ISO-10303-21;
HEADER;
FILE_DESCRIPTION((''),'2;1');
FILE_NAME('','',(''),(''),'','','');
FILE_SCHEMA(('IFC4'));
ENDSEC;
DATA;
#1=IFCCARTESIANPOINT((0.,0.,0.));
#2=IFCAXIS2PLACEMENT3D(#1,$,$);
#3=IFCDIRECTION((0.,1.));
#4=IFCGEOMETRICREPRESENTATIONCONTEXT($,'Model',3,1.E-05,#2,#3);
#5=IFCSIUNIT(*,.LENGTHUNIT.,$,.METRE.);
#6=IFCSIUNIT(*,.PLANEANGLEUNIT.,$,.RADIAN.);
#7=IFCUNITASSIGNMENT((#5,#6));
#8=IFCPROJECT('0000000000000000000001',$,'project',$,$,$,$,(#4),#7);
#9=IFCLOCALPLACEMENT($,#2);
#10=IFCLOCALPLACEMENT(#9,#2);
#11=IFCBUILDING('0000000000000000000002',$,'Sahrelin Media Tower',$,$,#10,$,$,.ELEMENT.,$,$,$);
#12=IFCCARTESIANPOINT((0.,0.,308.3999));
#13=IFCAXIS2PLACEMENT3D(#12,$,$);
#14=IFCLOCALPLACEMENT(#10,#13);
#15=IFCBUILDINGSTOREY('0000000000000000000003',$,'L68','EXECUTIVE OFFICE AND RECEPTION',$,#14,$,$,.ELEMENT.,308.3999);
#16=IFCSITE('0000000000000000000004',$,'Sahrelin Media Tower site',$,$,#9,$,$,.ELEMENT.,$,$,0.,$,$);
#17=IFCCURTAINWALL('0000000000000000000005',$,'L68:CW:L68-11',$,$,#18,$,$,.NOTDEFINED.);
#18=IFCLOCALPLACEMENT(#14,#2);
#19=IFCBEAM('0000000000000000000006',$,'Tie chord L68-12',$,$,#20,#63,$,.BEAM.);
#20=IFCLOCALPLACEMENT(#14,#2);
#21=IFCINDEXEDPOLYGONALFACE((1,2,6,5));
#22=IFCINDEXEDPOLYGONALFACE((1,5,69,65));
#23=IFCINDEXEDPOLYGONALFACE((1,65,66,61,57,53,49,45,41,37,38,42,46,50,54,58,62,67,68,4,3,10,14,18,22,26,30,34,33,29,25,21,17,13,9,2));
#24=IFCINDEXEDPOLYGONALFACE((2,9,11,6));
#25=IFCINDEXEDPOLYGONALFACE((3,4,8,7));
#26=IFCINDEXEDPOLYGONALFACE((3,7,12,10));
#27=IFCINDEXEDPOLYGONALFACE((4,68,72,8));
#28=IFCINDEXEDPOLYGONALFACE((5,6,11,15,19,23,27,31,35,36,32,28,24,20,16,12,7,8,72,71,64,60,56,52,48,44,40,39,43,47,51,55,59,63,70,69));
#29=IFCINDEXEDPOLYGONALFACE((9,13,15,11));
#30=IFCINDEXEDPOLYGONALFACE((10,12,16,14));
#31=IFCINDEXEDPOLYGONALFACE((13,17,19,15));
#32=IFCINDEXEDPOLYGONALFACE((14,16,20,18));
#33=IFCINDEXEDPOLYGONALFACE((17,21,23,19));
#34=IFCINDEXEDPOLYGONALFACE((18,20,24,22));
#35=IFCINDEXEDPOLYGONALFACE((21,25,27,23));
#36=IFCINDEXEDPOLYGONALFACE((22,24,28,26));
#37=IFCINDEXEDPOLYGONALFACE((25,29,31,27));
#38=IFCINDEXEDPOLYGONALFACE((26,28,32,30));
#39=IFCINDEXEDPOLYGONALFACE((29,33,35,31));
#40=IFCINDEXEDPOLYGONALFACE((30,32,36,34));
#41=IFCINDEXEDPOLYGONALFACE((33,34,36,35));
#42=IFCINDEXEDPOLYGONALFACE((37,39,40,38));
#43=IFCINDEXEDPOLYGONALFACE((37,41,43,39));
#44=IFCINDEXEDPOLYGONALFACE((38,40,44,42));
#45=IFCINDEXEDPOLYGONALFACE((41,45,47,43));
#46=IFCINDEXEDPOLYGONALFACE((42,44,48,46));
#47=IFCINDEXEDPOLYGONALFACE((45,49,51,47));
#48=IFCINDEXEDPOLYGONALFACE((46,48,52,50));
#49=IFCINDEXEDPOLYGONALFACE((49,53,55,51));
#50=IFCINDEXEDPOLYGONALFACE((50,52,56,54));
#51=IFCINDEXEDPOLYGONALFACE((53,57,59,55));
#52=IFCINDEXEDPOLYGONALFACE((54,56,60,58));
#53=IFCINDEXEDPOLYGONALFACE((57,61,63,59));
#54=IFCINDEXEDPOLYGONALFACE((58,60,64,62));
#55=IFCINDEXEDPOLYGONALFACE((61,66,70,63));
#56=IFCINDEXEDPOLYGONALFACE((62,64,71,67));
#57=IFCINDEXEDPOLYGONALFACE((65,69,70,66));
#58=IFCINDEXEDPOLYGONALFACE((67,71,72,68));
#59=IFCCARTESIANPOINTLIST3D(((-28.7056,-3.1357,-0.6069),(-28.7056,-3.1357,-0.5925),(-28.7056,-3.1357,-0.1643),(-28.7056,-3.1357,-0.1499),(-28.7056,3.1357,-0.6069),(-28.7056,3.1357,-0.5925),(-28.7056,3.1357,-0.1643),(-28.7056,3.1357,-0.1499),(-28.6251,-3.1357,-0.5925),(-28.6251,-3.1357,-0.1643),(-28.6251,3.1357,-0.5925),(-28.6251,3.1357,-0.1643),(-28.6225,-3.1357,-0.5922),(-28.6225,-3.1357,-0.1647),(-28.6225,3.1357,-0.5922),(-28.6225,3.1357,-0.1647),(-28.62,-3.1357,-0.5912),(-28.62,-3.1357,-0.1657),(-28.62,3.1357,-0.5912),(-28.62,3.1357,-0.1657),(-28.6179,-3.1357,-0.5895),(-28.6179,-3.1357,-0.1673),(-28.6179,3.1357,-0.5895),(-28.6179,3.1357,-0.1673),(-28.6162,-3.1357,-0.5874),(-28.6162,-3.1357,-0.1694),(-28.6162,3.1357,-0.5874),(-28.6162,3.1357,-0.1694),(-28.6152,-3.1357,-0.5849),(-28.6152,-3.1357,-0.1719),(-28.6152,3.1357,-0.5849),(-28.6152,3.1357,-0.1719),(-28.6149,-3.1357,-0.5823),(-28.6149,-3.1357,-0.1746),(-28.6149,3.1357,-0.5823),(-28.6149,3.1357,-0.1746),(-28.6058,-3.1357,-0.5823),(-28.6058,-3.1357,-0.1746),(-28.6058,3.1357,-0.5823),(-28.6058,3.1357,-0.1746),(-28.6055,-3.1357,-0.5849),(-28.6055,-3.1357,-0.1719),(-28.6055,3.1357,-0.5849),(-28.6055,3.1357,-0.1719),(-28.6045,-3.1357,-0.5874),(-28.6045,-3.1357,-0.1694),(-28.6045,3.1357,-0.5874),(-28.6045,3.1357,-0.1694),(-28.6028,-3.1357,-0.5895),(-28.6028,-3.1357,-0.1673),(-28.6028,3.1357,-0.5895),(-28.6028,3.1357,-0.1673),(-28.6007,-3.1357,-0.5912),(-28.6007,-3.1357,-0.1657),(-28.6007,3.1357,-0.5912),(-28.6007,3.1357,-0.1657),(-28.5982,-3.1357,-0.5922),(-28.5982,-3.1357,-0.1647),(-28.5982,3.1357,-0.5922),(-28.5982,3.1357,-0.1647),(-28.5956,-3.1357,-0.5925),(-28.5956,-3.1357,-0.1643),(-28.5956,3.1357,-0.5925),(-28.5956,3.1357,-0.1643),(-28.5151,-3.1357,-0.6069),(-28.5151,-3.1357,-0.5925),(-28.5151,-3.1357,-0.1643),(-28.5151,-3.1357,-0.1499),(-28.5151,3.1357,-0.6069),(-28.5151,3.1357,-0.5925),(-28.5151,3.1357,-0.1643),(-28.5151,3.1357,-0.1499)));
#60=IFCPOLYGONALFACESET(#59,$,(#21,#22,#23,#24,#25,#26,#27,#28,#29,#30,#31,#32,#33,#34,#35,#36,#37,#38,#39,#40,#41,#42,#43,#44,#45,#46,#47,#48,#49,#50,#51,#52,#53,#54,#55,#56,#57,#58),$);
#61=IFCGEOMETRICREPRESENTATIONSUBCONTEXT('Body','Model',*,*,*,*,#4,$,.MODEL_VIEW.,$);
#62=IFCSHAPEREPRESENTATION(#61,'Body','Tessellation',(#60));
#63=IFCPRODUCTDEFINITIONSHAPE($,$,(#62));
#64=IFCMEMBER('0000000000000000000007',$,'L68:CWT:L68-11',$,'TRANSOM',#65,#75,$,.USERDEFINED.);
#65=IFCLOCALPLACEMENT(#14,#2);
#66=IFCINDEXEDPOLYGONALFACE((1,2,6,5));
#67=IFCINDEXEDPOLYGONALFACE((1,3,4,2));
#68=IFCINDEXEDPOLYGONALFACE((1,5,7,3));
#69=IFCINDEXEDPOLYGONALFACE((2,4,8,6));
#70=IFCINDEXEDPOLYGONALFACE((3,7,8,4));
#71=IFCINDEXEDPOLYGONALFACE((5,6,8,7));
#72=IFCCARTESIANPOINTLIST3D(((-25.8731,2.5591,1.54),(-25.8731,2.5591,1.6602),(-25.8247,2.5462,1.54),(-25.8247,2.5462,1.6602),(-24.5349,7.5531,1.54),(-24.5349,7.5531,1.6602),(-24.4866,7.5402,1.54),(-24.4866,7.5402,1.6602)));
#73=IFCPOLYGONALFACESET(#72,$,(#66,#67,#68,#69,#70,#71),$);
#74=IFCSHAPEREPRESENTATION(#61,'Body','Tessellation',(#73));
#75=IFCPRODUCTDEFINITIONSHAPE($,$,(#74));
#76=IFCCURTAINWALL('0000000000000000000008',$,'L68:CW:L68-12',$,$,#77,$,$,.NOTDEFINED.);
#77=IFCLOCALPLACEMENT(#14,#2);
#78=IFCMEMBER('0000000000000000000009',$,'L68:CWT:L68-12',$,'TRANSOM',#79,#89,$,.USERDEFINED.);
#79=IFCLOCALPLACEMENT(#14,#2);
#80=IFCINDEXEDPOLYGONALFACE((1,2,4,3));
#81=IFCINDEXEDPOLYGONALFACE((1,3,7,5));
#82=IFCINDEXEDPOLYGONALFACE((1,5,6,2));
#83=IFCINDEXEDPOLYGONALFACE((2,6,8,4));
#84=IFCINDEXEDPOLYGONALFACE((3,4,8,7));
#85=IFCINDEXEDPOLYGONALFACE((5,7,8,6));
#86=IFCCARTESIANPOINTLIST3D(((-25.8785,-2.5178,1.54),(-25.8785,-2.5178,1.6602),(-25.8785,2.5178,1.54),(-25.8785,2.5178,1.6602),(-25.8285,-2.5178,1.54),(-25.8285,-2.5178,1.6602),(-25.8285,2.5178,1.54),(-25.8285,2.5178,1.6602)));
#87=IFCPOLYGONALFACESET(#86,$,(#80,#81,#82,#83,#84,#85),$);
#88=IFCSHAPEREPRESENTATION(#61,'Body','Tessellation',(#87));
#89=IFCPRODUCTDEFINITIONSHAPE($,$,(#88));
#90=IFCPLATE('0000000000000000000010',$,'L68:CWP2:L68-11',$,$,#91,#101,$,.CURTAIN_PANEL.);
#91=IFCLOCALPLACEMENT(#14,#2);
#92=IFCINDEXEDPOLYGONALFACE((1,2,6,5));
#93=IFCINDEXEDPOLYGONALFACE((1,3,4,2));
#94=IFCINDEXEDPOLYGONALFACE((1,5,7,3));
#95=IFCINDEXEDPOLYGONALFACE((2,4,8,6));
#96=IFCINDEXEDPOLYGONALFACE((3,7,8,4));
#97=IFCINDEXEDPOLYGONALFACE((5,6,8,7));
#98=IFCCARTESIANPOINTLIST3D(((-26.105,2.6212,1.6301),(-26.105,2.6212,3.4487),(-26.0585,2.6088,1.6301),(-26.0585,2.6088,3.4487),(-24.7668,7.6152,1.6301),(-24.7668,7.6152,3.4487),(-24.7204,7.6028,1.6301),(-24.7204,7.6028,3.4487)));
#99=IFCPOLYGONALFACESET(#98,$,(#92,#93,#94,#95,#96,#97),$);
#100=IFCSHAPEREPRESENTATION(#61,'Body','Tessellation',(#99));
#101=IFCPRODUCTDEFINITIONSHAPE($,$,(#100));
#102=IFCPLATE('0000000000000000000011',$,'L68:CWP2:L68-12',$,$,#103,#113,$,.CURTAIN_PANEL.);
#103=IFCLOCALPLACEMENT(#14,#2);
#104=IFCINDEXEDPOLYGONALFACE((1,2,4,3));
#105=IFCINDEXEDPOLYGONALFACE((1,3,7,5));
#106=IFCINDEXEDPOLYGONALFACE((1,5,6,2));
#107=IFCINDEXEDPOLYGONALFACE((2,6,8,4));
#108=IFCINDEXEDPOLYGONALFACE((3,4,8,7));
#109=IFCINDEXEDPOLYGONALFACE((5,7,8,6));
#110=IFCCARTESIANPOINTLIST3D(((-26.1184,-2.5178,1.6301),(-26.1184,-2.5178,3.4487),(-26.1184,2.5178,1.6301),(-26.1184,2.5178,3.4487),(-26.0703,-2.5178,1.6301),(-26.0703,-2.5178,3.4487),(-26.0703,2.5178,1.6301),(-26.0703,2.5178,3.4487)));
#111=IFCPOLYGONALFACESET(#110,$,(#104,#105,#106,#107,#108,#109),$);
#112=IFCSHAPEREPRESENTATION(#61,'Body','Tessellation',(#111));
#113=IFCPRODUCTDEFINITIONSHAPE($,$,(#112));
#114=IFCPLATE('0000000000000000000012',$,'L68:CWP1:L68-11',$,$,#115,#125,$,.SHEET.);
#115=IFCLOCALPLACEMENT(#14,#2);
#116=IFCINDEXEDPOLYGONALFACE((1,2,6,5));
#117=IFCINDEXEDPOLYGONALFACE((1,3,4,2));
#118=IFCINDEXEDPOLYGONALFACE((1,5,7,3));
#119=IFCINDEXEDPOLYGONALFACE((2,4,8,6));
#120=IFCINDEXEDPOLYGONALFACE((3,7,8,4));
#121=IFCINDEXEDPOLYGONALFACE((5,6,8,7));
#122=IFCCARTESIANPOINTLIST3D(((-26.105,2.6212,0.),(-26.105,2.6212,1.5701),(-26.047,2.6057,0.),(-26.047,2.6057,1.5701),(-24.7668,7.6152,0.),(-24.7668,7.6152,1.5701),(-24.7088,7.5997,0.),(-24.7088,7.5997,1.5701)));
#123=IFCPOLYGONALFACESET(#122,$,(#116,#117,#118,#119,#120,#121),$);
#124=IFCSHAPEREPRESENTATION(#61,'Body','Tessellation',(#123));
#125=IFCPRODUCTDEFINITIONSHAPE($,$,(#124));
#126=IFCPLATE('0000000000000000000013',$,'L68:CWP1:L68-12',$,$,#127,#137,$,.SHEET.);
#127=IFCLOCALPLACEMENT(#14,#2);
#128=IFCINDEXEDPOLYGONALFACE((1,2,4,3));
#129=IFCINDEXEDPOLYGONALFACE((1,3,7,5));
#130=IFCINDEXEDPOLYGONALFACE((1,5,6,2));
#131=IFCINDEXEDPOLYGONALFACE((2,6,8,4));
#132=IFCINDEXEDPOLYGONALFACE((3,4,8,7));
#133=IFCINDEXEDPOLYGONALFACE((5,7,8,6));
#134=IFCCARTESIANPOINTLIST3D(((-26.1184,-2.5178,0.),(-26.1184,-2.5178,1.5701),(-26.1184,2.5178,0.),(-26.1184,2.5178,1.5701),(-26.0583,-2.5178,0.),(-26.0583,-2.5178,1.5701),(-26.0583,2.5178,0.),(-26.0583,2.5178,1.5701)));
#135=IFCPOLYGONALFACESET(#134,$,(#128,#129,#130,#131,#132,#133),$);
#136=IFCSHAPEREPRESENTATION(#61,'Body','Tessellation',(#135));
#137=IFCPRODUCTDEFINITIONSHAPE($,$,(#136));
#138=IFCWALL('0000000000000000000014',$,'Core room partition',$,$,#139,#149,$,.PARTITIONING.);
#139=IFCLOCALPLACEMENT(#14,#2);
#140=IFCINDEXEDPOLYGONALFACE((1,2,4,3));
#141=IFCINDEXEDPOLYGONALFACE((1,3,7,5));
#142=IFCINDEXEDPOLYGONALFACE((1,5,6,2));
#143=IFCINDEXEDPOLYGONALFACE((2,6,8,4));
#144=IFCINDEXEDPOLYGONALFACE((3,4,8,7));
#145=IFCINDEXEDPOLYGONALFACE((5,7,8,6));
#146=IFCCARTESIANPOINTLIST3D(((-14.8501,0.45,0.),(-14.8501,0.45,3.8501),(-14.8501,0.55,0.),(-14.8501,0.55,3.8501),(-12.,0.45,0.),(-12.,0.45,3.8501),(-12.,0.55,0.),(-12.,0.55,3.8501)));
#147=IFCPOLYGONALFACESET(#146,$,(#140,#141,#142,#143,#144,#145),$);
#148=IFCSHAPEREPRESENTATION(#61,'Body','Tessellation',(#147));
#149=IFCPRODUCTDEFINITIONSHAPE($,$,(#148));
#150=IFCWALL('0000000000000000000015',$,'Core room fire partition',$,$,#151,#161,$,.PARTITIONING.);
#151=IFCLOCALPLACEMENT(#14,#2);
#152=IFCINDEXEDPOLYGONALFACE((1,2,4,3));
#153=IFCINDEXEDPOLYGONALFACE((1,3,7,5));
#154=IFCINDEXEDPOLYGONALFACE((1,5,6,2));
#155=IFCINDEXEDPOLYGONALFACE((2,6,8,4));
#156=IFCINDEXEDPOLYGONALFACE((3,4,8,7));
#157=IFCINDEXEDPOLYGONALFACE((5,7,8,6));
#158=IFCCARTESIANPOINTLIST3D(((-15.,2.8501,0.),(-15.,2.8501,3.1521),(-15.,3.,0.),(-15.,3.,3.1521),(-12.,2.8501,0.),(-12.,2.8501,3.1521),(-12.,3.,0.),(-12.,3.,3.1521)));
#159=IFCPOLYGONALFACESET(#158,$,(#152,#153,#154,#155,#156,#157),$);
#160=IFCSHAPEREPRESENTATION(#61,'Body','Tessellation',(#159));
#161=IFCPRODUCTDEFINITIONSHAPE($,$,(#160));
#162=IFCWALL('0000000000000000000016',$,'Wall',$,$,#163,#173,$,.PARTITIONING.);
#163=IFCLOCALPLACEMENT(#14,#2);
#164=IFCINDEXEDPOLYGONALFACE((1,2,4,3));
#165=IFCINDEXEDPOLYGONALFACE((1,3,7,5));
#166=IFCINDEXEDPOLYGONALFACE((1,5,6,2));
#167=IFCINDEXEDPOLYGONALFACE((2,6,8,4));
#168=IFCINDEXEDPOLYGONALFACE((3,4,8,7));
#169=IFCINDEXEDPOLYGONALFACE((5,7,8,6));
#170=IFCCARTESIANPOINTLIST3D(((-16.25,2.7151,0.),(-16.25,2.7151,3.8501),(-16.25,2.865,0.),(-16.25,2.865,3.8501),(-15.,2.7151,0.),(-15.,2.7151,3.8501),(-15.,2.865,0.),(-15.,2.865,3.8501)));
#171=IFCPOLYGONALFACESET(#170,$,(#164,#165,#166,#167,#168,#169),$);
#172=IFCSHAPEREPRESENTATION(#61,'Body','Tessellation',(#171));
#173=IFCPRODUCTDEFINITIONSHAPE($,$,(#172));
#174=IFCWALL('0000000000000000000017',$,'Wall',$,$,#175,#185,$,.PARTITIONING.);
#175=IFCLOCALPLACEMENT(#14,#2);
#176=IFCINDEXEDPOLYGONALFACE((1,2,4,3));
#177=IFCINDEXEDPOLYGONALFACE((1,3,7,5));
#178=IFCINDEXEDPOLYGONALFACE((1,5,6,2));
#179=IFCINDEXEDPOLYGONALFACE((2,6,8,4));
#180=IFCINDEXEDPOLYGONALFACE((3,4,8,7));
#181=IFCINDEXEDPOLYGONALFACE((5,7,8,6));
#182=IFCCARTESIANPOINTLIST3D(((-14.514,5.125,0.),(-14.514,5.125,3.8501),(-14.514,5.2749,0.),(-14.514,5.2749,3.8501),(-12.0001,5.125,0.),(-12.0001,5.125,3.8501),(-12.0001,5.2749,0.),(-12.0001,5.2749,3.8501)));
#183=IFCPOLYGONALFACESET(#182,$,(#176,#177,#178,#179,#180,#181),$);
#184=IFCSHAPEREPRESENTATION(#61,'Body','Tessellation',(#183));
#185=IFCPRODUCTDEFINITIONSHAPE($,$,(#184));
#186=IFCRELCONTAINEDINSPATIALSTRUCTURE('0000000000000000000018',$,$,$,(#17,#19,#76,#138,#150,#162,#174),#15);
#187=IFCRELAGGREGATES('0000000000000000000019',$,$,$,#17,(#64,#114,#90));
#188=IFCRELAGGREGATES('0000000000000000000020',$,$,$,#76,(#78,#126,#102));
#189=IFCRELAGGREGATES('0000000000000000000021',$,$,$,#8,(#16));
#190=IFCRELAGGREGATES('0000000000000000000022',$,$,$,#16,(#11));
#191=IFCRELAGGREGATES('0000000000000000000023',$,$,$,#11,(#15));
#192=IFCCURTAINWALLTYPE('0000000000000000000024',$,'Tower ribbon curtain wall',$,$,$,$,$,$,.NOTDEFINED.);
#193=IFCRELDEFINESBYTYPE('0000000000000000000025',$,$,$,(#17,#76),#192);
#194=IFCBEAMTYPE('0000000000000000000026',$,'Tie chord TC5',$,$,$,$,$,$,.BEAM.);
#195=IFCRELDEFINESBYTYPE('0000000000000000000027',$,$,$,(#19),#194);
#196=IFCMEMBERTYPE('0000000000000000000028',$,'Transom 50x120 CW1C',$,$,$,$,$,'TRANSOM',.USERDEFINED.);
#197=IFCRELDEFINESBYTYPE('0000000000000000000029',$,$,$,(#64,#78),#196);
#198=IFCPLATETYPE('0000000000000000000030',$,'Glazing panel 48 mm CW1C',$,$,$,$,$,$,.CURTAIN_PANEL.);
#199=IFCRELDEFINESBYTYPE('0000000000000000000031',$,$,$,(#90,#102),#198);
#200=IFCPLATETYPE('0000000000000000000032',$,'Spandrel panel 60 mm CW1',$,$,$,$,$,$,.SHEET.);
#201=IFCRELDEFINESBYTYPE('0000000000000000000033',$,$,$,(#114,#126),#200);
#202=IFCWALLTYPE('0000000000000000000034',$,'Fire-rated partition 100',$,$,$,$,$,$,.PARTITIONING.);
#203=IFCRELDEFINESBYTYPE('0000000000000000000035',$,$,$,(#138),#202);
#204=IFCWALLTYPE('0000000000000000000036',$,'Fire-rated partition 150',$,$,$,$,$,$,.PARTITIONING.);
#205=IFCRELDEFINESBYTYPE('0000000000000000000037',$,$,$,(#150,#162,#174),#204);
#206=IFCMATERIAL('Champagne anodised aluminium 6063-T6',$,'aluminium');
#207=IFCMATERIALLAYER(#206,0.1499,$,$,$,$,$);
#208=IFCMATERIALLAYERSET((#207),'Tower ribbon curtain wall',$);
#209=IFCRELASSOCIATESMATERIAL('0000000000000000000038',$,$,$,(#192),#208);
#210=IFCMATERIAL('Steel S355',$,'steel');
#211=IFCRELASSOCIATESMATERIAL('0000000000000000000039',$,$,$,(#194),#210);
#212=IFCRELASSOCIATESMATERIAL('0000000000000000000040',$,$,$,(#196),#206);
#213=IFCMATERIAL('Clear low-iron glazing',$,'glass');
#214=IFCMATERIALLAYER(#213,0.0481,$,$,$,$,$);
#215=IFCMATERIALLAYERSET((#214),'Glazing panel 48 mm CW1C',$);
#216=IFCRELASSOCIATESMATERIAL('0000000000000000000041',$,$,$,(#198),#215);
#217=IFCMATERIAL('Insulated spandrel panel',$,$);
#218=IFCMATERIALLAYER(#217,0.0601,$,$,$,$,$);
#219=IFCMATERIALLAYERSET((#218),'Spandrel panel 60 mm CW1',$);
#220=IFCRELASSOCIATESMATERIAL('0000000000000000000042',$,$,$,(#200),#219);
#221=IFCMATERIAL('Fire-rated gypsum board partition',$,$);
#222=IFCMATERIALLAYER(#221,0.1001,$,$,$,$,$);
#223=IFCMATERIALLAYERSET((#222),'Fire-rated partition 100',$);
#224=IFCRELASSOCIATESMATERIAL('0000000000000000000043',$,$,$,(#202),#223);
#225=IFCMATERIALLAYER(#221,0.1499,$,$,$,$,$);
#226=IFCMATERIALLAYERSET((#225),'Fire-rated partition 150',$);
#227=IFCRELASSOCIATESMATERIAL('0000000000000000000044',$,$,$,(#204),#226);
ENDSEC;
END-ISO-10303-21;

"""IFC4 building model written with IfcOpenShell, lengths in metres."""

from ifc_helpers import new_model, si_unit, direction, frame, frame_2d, origin, origin_2d, place, context, subcontext, project, spatial, polyline, rectangle, i_section, outline, extrude, material, layer, layer_set, material_profile, profile_set, type_object, element, aggregate, save


model = new_model("IFC4")

# Units and contexts
model_context = context("Model", 3, precision=1e-05, world=origin(), true_north=direction((0.0, 1.0)))
body_context = subcontext(model_context, "Body", "Model", "MODEL_VIEW")
ifc_project = project(units=[si_unit("LENGTHUNIT", "METRE"), si_unit("PLANEANGLEUNIT", "RADIAN")], contexts=[model_context])

# Site, building, storey
site_placement = place(None, origin())
site = spatial("IfcSite", under=ifc_project, at=site_placement, Name="Sahrelin Media Tower site", CompositionType="ELEMENT", RefElevation=0.0)
building_placement = place(site_placement, origin())
building = spatial("IfcBuilding", under=site, at=building_placement, Name="Sahrelin Media Tower", CompositionType="ELEMENT")
storey_placement = place(building_placement, frame((0.0, 0.0, 308.3999)))
storey = spatial("IfcBuildingStorey", under=building, at=storey_placement, Name="L68", Description="EXECUTIVE OFFICE AND RECEPTION", CompositionType="ELEMENT", Elevation=308.3999)

# Shared definitions
ifc_material_1 = material(Name="Steel S355", Category="steel")

# Curtain wall
ifc_material_2 = material(Name="Champagne anodised aluminium 6063-T6", Category="aluminium")
ifc_layer_1 = layer(ifc_material_2, 0.1499)
ifc_layer_set_1 = layer_set([ifc_layer_1], Name="Tower ribbon curtain wall")
curtain_wall_type = type_object("IfcCurtainWallType", Name="Tower ribbon curtain wall", PredefinedType="NOTDEFINED", material=ifc_layer_set_1)
curtain_wall_1_placement = place(storey_placement, frame((-25.4165, 5.113, 0.0), z_axis=(0.0, 0.0, 1.0), x_axis=(1.0, 0.0, 0.0)))
curtain_wall_1 = element("IfcCurtainWall", 1, at=curtain_wall_1_placement, inside=storey, type_object=curtain_wall_type, Name="L68:CW:L68-11", PredefinedType="NOTDEFINED")

# Beam
ifc_material_profile_1 = material_profile(ifc_material_1, i_section(OverallWidth=0.1904, OverallDepth=0.457, WebThickness=0.009, FlangeThickness=0.0144, FilletRadius=0.0103, at=origin_2d()), Name="UB 457x191x74")
ifc_profile_set_1 = profile_set([ifc_material_profile_1], Name="Steel S355")
beam_type_1 = type_object("IfcBeamType", Name="Tie chord TC5", PredefinedType="BEAM", material=ifc_profile_set_1)
beam_1_placement = place(storey_placement, frame((-28.6104, 3.1357, -0.3784), z_axis=(0.0, -1.0, 0.0), x_axis=(1.0, 0.0, 0.0)))
element("IfcBeam", 2, at=beam_1_placement, inside=storey, type_object=beam_type_1, Name="Tie chord L68-12", PredefinedType="BEAM", context=body_context, shape_type="SweptSolid", body=[
    extrude(i_section(OverallWidth=0.1904, OverallDepth=0.457, WebThickness=0.009, FlangeThickness=0.0144, FilletRadius=0.0103, at=origin_2d()), origin(), (0.0, 0.0, 1.0), 6.2715),
])

# Member
ifc_material_profile_2 = material_profile(ifc_material_2, rectangle(XDim=0.05, YDim=0.1201, at=origin_2d()), Name="Transom 50x120")
ifc_profile_set_2 = profile_set([ifc_material_profile_2], Name="Champagne anodised aluminium 6063-T6")
member_type_1 = type_object("IfcMemberType", Name="Transom 50x120 CW1C", ElementType="TRANSOM", PredefinedType="USERDEFINED", material=ifc_profile_set_2)
member_1_placement = place(storey_placement, frame((-24.5107, 7.5466, 1.6001), z_axis=(-0.258823, -0.965925, 0.0), x_axis=(0.965925, -0.258823, 0.0)))
member_1 = element("IfcMember", 3, at=member_1_placement, type_object=member_type_1, Name="L68:CWT:L68-11", ObjectType="TRANSOM", PredefinedType="USERDEFINED", context=body_context, shape_type="SweptSolid", body=[
    extrude(rectangle(XDim=0.05, YDim=0.1201, at=origin_2d()), origin(), (0.0, 0.0, 1.0), 5.1702),
])

# Curtain wall, member
curtain_wall_2_placement = place(storey_placement, frame((-26.0984, 0.0, 0.0), z_axis=(0.0, 0.0, 1.0), x_axis=(1.0, 0.0, 0.0)))
curtain_wall_2 = element("IfcCurtainWall", 4, at=curtain_wall_2_placement, inside=storey, type_object=curtain_wall_type, Name="L68:CW:L68-12", PredefinedType="NOTDEFINED")
member_2_placement = place(storey_placement, frame((-25.8535, 2.5178, 1.6001), z_axis=(0.0, -1.0, 0.0), x_axis=(1.0, 0.0, 0.0)))
member_2 = element("IfcMember", 5, at=member_2_placement, type_object=member_type_1, Name="L68:CWT:L68-12", ObjectType="TRANSOM", PredefinedType="USERDEFINED", context=body_context, shape_type="SweptSolid", body=[
    extrude(rectangle(XDim=0.05, YDim=0.1201, at=origin_2d()), origin(), (0.0, 0.0, 1.0), 5.0356),
])

# Plates
ifc_material_3 = material(Name="Clear low-iron glazing", Category="glass")
ifc_layer_2 = layer(ifc_material_3, 0.0481)
ifc_layer_set_2 = layer_set([ifc_layer_2], Name="Glazing panel 48 mm CW1C")
plate_type_1 = type_object("IfcPlateType", Name="Glazing panel 48 mm CW1C", PredefinedType="CURTAIN_PANEL", material=ifc_layer_set_2)
plate_1_placement = place(storey_placement, frame((-24.7668, 7.6152, 1.6301), z_axis=(-0.965925, 0.258823, 0.0), x_axis=(-0.258823, -0.965925, 0.0)))
plate_1 = element("IfcPlate", 6, at=plate_1_placement, type_object=plate_type_1, Name="L68:CWP2:L68-11", PredefinedType="CURTAIN_PANEL", context=body_context, shape_type="SweptSolid", body=[
    extrude(outline(polyline([(0.0, 0.0), (5.1702, 0.0), (5.1702, 1.8186), (0.0, 1.8186), (0.0, 0.0)])), origin(), (0.0, 0.0, -1.0), 0.0481),
])
plate_2_placement = place(storey_placement, frame((-26.1184, 2.5178, 1.6301), z_axis=(-1.0, 0.0, 0.0), x_axis=(0.0, -1.0, 0.0)))
plate_2 = element("IfcPlate", 7, at=plate_2_placement, type_object=plate_type_1, Name="L68:CWP2:L68-12", PredefinedType="CURTAIN_PANEL", context=body_context, shape_type="SweptSolid", body=[
    extrude(outline(polyline([(0.0, 0.0), (5.0356, 0.0), (5.0356, 1.8186), (0.0, 1.8186), (0.0, 0.0)])), origin(), (0.0, 0.0, -1.0), 0.0481),
])
ifc_material_4 = material(Name="Insulated spandrel panel")
ifc_layer_3 = layer(ifc_material_4, 0.0601)
ifc_layer_set_3 = layer_set([ifc_layer_3], Name="Spandrel panel 60 mm CW1")
plate_type_2 = type_object("IfcPlateType", Name="Spandrel panel 60 mm CW1", PredefinedType="SHEET", material=ifc_layer_set_3)
plate_3_placement = place(storey_placement, frame((-24.7668, 7.6152, 0.0), z_axis=(-0.965925, 0.258823, 0.0), x_axis=(-0.258823, -0.965925, 0.0)))
plate_3 = element("IfcPlate", 8, at=plate_3_placement, type_object=plate_type_2, Name="L68:CWP1:L68-11", PredefinedType="SHEET", context=body_context, shape_type="SweptSolid", body=[
    extrude(outline(polyline([(0.0, 0.0), (5.1702, 0.0), (5.1702, 1.5701), (0.0, 1.5701), (0.0, 0.0)])), origin(), (0.0, 0.0, -1.0), 0.0601),
])
aggregate(curtain_wall_1, [member_1, plate_3, plate_1])
plate_4_placement = place(storey_placement, frame((-26.1184, 2.5178, 0.0), z_axis=(-1.0, 0.0, 0.0), x_axis=(0.0, -1.0, 0.0)))
plate_4 = element("IfcPlate", 9, at=plate_4_placement, type_object=plate_type_2, Name="L68:CWP1:L68-12", PredefinedType="SHEET", context=body_context, shape_type="SweptSolid", body=[
    extrude(outline(polyline([(0.0, 0.0), (5.0356, 0.0), (5.0356, 1.5701), (0.0, 1.5701), (0.0, 0.0)])), origin(), (0.0, 0.0, -1.0), 0.0601),
])
aggregate(curtain_wall_2, [member_2, plate_4, plate_2])

# Walls
ifc_material_5 = material(Name="Fire-rated gypsum board partition")
ifc_layer_4 = layer(ifc_material_5, 0.1001)
ifc_layer_set_4 = layer_set([ifc_layer_4], Name="Fire-rated partition 100")
wall_type_1 = type_object("IfcWallType", Name="Fire-rated partition 100", PredefinedType="PARTITIONING", material=ifc_layer_set_4)
wall_1_placement = place(storey_placement, frame((-14.8501, 0.5, 0.0), z_axis=(0.0, 0.0, 1.0), x_axis=(1.0, 0.0, 0.0)))
element("IfcWall", 10, at=wall_1_placement, inside=storey, type_object=wall_type_1, Name="Core room partition", PredefinedType="PARTITIONING", context=body_context, shape_type="SweptSolid", body=[
    extrude(rectangle(XDim=2.8501, YDim=0.1001, at=frame_2d((1.425, 0.0))), origin(), (0.0, 0.0, 1.0), 3.8501),
])
ifc_layer_5 = layer(ifc_material_5, 0.1499)
ifc_layer_set_5 = layer_set([ifc_layer_5], Name="Fire-rated partition 150")
wall_type_2 = type_object("IfcWallType", Name="Fire-rated partition 150", PredefinedType="PARTITIONING", material=ifc_layer_set_5)
wall_2_placement = place(storey_placement, frame((-15.0, 2.925, 0.0), z_axis=(0.0, 0.0, 1.0), x_axis=(1.0, 0.0, 0.0)))
element("IfcWall", 11, at=wall_2_placement, inside=storey, type_object=wall_type_2, Name="Core room fire partition", PredefinedType="PARTITIONING", context=body_context, shape_type="SweptSolid", body=[
    extrude(rectangle(XDim=3.0, YDim=0.1499, at=frame_2d((1.5, 0.0))), origin(), (0.0, 0.0, 1.0), 3.1521),
])
wall_3_placement = place(storey_placement, frame((-16.25, 2.79, 0.0), z_axis=(0.0, 0.0, 1.0), x_axis=(1.0, 0.0, 0.0)))
element("IfcWall", 12, at=wall_3_placement, inside=storey, type_object=wall_type_2, Name="Wall", PredefinedType="PARTITIONING", context=body_context, shape_type="SweptSolid", body=[
    extrude(rectangle(XDim=1.25, YDim=0.1499, at=frame_2d((0.625, 0.0))), origin(), (0.0, 0.0, 1.0), 3.8501),
])
wall_4_placement = place(storey_placement, frame((-14.5139, 5.2, 0.0), z_axis=(0.0, 0.0, 1.0), x_axis=(1.0, 0.0, 0.0)))
element("IfcWall", 13, at=wall_4_placement, inside=storey, type_object=wall_type_2, Name="Wall", PredefinedType="PARTITIONING", context=body_context, shape_type="SweptSolid", body=[
    extrude(rectangle(XDim=2.5139, YDim=0.1499, at=frame_2d((1.2568, 0.0))), origin(), (0.0, 0.0, 1.0), 3.8501),
])

save(model, "model.ifc")
